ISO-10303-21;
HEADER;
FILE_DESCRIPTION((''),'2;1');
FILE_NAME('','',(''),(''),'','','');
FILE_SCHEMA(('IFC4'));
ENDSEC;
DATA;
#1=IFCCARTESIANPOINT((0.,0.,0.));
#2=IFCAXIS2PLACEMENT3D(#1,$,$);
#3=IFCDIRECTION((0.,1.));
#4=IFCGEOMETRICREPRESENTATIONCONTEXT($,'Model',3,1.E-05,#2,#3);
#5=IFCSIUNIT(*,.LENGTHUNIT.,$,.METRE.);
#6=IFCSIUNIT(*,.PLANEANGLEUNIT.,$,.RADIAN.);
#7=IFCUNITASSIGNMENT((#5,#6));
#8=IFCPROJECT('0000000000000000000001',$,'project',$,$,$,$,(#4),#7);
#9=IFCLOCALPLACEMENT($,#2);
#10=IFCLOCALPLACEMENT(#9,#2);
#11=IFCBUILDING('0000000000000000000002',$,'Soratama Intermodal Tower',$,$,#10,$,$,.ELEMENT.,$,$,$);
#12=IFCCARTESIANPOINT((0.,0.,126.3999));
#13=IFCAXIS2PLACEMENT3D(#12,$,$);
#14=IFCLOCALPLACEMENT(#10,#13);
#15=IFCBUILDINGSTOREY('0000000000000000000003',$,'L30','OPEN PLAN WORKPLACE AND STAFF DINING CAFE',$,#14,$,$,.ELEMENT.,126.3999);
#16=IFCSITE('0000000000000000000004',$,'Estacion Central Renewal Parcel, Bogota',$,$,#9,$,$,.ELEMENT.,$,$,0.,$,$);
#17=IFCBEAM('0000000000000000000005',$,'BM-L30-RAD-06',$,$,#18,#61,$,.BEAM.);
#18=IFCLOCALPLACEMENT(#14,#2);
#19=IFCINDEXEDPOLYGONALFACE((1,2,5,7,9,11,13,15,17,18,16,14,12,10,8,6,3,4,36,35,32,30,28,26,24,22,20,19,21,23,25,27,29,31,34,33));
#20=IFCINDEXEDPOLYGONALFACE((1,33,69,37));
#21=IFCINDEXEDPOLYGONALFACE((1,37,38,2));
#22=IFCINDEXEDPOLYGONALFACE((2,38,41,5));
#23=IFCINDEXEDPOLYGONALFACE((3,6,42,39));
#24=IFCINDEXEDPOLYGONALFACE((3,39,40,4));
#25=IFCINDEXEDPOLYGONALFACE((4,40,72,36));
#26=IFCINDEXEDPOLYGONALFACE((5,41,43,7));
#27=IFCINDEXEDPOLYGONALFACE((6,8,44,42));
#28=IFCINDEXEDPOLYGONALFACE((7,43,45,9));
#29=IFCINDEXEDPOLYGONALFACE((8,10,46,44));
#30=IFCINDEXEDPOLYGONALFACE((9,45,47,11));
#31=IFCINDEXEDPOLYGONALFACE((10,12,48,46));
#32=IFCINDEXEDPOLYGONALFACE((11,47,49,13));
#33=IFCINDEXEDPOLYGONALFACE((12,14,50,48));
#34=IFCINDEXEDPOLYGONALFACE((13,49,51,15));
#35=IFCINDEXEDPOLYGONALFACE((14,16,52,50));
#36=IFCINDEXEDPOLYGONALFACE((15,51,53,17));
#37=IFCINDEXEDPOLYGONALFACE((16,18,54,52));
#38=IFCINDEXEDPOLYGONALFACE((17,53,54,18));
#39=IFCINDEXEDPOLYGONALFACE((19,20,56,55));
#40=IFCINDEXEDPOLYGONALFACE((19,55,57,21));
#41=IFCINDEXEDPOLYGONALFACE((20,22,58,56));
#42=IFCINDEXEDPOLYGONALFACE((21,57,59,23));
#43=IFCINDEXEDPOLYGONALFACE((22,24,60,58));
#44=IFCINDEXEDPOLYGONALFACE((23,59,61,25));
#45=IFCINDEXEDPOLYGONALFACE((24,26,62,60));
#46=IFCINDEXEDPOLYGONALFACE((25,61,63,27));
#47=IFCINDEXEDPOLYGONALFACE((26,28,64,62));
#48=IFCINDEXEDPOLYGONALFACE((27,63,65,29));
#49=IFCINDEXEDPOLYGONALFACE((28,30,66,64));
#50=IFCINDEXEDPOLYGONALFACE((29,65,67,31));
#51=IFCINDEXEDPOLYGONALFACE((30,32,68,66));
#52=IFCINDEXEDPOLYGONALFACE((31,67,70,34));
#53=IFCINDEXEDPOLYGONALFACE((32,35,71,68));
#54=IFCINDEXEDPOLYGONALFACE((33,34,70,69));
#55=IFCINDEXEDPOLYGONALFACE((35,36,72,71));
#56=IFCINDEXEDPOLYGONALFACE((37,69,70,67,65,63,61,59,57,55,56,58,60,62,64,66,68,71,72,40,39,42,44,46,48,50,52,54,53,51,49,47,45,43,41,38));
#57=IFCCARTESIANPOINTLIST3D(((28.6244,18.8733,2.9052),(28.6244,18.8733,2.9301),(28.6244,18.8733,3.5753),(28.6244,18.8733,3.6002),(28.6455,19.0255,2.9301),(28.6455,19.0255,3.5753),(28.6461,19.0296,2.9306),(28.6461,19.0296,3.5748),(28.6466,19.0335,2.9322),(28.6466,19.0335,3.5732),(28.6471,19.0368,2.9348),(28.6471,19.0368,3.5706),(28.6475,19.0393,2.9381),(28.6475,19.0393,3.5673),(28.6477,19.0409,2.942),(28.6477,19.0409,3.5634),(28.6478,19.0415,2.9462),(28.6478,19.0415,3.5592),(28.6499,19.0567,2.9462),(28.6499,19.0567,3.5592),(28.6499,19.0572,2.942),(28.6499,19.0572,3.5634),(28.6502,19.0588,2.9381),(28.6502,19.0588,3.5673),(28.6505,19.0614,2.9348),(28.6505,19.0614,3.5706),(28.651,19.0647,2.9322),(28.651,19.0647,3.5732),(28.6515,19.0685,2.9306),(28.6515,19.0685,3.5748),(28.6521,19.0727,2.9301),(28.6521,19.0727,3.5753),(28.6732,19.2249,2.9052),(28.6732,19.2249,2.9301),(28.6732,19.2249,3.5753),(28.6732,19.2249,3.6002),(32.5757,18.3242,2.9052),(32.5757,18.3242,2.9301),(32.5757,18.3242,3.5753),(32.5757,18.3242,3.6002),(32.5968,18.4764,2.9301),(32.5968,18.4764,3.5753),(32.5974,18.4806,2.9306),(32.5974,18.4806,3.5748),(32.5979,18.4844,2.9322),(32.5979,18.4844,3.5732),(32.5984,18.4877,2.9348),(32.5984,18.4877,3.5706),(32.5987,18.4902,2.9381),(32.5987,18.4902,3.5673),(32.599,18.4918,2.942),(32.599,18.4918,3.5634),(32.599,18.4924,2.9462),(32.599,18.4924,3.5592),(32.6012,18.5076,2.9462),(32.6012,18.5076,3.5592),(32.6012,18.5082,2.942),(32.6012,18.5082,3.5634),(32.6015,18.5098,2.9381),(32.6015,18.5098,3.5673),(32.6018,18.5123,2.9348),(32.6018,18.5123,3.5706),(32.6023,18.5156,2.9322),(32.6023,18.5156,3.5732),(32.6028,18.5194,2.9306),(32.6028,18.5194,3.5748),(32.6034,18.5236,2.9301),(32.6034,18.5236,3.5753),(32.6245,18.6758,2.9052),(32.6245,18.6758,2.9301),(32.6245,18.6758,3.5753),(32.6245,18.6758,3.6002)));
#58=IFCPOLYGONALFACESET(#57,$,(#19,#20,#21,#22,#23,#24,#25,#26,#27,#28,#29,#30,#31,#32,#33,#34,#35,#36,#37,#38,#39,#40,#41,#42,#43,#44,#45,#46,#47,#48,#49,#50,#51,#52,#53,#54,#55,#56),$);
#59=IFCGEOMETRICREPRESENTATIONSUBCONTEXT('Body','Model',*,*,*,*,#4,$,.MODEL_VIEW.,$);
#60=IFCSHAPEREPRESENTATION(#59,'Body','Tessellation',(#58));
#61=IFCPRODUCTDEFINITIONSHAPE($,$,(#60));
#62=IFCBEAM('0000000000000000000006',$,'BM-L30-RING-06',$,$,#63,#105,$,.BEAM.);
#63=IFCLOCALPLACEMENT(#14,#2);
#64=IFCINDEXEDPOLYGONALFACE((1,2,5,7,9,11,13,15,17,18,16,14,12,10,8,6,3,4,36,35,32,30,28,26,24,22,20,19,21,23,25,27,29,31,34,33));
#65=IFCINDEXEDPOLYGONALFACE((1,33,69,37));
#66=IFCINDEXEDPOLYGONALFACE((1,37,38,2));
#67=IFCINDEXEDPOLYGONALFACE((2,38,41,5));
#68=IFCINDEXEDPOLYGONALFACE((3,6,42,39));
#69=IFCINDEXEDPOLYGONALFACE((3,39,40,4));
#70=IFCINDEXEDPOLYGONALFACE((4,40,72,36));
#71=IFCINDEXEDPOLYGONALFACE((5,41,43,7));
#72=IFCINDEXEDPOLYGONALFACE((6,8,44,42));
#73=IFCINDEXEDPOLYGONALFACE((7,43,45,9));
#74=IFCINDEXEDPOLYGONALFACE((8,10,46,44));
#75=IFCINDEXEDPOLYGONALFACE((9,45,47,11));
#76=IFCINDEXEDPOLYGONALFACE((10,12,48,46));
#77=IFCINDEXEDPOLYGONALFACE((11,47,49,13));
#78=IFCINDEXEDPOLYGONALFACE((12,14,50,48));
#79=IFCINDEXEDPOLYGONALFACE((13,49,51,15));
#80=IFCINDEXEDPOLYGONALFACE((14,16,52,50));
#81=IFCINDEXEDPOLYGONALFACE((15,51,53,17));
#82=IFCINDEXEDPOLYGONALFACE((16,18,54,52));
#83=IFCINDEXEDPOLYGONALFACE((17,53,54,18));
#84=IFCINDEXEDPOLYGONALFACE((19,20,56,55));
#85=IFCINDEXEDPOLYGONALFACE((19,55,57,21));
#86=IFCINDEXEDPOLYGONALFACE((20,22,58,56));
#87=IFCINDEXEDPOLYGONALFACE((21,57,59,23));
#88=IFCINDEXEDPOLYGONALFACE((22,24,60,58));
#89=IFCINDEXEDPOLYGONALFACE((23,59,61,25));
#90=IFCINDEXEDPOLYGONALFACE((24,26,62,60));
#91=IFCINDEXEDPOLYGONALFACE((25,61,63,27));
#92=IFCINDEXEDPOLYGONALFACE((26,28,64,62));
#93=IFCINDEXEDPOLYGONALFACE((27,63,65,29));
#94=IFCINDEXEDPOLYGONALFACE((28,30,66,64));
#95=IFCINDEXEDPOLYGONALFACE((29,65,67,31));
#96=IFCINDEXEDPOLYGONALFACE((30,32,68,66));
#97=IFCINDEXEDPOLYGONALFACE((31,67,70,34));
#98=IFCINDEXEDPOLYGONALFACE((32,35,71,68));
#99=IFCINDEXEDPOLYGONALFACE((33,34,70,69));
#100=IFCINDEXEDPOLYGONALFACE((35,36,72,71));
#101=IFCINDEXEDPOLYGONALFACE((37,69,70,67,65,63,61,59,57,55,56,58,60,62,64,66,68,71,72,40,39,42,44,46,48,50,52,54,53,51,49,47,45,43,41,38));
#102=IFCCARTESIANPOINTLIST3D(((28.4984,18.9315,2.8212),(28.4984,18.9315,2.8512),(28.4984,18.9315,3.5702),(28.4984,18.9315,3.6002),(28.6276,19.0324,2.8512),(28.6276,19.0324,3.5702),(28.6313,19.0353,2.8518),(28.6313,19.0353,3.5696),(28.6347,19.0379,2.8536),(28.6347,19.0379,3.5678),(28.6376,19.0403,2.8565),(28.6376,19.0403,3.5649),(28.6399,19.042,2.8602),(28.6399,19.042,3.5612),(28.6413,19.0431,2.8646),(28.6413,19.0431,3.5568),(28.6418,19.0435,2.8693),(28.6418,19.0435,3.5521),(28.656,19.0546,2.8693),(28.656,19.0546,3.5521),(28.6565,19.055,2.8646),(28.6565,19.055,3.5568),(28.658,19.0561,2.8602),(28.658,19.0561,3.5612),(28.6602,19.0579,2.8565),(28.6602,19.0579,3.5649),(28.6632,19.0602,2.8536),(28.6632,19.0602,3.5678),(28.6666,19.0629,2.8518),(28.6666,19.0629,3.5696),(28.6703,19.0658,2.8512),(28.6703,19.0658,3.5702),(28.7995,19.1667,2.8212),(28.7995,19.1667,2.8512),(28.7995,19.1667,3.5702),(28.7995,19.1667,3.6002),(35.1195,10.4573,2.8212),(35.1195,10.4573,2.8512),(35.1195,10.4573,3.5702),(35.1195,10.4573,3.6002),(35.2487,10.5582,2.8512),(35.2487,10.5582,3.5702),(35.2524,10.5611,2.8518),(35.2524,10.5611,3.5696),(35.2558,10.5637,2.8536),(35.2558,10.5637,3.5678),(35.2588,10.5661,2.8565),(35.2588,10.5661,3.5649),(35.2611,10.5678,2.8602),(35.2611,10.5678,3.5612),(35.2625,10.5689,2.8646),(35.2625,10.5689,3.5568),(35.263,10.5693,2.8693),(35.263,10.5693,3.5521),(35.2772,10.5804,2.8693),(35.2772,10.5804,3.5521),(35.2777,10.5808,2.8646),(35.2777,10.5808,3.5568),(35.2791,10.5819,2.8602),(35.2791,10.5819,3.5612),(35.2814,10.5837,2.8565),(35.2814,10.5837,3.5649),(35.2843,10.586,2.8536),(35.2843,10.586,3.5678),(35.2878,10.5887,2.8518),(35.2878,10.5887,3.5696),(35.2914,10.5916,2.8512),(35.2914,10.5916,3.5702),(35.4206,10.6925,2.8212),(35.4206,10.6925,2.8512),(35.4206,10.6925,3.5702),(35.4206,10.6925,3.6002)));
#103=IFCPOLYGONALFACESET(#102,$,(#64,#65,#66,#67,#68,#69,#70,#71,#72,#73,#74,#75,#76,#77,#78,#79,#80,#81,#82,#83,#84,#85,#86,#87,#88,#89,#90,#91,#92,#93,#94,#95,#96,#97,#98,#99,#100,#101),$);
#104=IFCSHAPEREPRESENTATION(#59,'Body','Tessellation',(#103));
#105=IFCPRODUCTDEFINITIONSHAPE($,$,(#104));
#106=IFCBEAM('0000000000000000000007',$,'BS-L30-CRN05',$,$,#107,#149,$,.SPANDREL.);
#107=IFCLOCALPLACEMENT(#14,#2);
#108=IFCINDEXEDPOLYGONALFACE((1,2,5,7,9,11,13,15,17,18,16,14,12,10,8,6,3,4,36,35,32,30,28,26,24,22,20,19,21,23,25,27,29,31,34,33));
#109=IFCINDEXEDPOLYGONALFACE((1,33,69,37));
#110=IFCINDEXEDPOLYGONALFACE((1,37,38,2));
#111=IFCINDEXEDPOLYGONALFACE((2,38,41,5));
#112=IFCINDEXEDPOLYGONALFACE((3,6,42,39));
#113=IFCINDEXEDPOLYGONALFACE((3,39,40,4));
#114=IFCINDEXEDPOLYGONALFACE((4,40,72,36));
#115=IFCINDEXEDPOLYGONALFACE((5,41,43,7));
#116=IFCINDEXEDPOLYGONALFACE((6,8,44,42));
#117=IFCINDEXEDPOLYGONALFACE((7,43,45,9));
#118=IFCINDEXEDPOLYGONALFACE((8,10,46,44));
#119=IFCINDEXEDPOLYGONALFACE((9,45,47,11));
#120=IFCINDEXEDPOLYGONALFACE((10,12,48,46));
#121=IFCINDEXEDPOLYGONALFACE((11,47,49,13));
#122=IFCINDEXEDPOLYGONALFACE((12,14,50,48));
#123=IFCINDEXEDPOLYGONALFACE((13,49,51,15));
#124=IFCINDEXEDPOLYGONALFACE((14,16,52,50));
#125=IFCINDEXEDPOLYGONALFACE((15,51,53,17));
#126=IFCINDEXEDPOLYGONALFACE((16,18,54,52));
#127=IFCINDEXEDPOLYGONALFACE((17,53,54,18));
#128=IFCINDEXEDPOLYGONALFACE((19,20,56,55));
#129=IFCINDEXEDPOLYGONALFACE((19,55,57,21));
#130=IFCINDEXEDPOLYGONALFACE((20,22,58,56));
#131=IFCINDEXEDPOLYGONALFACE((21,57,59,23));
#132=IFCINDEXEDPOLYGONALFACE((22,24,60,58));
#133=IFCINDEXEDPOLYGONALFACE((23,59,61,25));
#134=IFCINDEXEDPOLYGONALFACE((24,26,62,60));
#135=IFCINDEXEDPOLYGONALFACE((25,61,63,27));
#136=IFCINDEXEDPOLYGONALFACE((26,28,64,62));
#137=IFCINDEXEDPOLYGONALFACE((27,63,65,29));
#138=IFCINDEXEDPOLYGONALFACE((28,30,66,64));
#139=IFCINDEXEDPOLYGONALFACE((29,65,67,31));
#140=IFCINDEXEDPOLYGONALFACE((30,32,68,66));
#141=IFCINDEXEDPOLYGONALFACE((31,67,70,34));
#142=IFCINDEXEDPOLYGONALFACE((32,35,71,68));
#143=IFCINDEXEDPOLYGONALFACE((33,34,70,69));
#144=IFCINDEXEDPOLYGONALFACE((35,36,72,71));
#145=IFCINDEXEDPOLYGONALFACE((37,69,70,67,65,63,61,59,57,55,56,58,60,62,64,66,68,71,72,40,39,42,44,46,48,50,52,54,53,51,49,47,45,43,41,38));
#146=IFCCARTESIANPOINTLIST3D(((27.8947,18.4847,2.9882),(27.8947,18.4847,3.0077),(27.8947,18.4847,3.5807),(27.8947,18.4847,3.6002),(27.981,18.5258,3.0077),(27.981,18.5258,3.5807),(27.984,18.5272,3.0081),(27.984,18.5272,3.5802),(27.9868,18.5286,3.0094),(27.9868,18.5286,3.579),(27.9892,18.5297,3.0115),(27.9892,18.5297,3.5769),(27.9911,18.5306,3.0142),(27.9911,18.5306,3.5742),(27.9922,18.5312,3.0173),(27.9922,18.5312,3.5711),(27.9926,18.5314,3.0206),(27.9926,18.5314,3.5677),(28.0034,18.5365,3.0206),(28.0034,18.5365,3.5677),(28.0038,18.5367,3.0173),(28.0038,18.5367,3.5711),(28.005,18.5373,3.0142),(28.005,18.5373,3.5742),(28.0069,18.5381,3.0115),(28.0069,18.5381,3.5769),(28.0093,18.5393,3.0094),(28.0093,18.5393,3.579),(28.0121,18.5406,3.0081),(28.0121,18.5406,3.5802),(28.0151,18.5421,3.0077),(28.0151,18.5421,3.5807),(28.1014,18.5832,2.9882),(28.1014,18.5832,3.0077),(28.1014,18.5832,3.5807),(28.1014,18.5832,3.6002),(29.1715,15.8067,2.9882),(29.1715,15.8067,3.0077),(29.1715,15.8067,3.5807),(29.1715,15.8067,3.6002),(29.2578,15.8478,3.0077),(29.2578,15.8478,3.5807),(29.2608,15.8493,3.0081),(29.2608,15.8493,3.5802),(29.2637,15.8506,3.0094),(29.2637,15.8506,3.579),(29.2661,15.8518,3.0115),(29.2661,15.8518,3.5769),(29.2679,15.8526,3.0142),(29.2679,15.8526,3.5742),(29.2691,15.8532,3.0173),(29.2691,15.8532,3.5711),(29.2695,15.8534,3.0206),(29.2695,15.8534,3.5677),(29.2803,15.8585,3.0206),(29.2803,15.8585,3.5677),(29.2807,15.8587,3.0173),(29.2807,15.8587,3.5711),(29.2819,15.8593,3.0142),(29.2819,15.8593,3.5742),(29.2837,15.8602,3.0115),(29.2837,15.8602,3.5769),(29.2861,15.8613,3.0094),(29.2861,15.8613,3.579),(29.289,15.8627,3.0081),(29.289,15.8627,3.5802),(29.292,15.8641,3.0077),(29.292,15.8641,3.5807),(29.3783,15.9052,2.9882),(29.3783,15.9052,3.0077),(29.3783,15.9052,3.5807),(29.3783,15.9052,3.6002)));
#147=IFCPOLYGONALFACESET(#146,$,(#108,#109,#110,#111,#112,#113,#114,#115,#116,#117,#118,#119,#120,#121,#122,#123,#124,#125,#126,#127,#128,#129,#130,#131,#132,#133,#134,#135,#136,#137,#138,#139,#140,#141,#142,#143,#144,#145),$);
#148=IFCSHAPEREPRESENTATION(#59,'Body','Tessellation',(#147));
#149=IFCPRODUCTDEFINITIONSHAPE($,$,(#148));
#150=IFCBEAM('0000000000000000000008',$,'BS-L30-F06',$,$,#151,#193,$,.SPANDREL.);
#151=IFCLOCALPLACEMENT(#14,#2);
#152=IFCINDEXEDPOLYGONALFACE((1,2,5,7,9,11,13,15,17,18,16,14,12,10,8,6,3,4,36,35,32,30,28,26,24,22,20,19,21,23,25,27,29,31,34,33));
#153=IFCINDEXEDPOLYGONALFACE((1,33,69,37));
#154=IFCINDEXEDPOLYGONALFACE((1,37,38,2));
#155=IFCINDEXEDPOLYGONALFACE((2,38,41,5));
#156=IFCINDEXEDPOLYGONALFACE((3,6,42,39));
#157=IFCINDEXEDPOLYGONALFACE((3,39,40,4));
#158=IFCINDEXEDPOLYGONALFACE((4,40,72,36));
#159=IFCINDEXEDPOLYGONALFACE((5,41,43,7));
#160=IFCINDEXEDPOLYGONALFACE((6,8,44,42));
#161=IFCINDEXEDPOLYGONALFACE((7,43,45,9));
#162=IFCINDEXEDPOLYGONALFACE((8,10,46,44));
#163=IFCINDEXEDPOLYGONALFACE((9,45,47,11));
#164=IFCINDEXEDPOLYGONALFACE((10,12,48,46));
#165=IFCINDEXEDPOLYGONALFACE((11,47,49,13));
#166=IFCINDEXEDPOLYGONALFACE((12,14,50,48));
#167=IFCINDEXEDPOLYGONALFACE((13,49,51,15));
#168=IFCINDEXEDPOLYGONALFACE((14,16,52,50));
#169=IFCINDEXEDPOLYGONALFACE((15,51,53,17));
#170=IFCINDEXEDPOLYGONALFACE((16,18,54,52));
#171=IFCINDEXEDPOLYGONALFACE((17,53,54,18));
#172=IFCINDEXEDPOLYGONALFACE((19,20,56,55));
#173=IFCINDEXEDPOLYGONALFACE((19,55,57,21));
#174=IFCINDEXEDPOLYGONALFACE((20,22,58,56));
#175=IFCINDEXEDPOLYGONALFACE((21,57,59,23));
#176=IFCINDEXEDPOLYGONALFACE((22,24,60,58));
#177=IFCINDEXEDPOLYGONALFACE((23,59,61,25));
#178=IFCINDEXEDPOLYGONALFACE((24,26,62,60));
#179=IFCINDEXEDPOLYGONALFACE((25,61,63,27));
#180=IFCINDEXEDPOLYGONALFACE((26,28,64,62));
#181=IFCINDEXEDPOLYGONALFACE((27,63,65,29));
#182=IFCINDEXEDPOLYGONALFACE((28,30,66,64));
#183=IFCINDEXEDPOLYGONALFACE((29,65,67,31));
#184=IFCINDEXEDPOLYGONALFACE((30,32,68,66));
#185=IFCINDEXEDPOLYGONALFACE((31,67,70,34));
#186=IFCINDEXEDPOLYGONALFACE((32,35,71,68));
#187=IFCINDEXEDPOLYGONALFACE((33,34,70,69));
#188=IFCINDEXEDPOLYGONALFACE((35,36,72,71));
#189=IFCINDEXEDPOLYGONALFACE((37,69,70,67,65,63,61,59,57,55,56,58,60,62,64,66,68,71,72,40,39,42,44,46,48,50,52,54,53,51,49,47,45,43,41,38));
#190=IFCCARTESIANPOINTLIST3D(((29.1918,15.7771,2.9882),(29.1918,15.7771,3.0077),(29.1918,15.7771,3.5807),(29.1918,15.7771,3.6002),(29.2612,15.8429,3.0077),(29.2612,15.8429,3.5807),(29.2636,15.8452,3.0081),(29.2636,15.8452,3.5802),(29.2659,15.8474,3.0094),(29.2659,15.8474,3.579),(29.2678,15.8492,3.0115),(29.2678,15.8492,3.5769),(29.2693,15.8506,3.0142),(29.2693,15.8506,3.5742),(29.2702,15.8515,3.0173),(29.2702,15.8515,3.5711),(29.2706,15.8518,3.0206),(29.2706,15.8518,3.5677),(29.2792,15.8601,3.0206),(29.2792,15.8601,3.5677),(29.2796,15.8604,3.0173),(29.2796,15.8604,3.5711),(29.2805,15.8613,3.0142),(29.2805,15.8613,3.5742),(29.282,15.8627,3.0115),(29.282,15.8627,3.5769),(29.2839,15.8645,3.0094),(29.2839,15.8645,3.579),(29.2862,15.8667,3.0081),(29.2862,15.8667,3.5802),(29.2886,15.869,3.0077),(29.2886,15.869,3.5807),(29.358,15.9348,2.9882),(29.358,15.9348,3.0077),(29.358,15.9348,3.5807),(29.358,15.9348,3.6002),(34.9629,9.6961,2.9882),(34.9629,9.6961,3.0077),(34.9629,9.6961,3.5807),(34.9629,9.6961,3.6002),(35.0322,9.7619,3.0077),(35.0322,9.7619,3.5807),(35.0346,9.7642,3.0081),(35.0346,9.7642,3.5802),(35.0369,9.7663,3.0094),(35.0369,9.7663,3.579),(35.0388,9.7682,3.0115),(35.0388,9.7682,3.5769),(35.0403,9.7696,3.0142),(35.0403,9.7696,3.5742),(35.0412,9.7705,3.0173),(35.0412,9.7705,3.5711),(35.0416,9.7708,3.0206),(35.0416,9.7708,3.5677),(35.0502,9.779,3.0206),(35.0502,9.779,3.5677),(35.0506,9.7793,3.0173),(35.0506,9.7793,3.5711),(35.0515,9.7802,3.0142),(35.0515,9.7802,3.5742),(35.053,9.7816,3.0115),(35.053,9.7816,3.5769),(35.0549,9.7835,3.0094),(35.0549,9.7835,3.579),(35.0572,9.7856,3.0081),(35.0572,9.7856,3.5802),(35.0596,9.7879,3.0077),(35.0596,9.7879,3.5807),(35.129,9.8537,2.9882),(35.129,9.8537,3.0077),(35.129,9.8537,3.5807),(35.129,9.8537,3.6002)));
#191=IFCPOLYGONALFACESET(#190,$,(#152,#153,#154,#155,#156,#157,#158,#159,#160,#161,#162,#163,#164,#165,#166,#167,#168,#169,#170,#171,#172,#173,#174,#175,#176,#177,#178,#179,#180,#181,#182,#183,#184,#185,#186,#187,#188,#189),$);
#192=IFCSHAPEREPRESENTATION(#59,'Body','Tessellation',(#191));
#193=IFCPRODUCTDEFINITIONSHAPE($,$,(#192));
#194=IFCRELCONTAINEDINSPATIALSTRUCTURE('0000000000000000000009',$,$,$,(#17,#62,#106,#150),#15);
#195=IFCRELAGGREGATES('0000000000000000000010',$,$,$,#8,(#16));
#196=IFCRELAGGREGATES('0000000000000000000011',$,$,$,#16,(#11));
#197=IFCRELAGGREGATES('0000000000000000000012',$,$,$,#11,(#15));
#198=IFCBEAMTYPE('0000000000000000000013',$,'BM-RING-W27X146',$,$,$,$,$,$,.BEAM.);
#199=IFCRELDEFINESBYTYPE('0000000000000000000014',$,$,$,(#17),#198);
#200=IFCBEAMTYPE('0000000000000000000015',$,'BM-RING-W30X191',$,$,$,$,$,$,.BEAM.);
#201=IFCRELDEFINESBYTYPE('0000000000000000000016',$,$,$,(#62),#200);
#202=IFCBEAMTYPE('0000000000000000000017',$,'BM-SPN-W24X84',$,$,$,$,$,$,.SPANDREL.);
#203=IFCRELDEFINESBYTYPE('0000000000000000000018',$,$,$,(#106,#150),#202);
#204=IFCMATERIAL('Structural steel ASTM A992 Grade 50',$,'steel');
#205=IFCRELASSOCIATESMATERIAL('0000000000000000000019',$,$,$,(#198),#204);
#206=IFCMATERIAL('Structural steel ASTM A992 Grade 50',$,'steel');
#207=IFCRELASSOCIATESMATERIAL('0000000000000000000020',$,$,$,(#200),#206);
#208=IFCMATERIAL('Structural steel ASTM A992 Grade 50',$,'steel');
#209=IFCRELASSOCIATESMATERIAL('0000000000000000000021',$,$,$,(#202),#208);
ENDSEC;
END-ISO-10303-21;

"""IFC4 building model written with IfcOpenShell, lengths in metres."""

from ifc_helpers import new_model, si_unit, direction, frame, origin, origin_2d, place, context, subcontext, project, spatial, i_section, extrude, material, material_profile, profile_set, type_object, element, save


model = new_model("IFC4")

# Units and contexts
model_context = context("Model", 3, precision=1e-05, world=origin(), true_north=direction((0.0, 1.0)))
body_context = subcontext(model_context, "Body", "Model", "MODEL_VIEW")
ifc_project = project(units=[si_unit("LENGTHUNIT", "METRE"), si_unit("PLANEANGLEUNIT", "RADIAN")], contexts=[model_context])

# Site, building, storey
site_placement = place(None, origin())
site = spatial("IfcSite", under=ifc_project, at=site_placement, Name="Estacion Central Renewal Parcel, Bogota", CompositionType="ELEMENT", RefElevation=0.0)
building_placement = place(site_placement, origin())
building = spatial("IfcBuilding", under=site, at=building_placement, Name="Soratama Intermodal Tower", CompositionType="ELEMENT")
storey_placement = place(building_placement, frame((0.0, 0.0, 126.3999)))
storey = spatial("IfcBuildingStorey", under=building, at=storey_placement, Name="L30", Description="OPEN PLAN WORKPLACE AND STAFF DINING CAFE", CompositionType="ELEMENT", Elevation=126.3999)

# Beams
ifc_material_1 = material(Name="Structural steel ASTM A992 Grade 50", Category="steel")
ifc_material_profile_1 = material_profile(ifc_material_1, i_section(OverallWidth=0.355, OverallDepth=0.6951, WebThickness=0.0154, FlangeThickness=0.0249, FilletRadius=0.0161, at=origin_2d()), Name="W27X146")
ifc_profile_set_1 = profile_set([ifc_material_profile_1], Name="Structural steel ASTM A992 Grade 50")
beam_type_1 = type_object("IfcBeamType", Name="BM-RING-W27X146", PredefinedType="BEAM", material=ifc_profile_set_1)
beam_1_placement = place(storey_placement, frame((32.6001, 18.5, 3.2527), z_axis=(-0.990482, 0.137642, 0.0), x_axis=(-0.137642, -0.990482, 0.0)))
element("IfcBeam", 1, at=beam_1_placement, inside=storey, type_object=beam_type_1, Name="BM-L30-RAD-06", PredefinedType="BEAM", context=body_context, shape_type="SweptSolid", body=[
    extrude(i_section(OverallWidth=0.355, OverallDepth=0.6951, WebThickness=0.0154, FlangeThickness=0.0249, FilletRadius=0.0161, at=origin_2d()), origin(), (0.0, 0.0, 1.0), 3.9893),
])
ifc_material_2 = material(Name="Structural steel ASTM A992 Grade 50", Category="steel")
ifc_material_profile_2 = material_profile(ifc_material_2, i_section(OverallWidth=0.3821, OverallDepth=0.7791, WebThickness=0.0181, FlangeThickness=0.03, FilletRadius=0.0181, at=origin_2d()), Name="W30X191")
ifc_profile_set_2 = profile_set([ifc_material_profile_2], Name="Structural steel ASTM A992 Grade 50")
beam_type_2 = type_object("IfcBeamType", Name="BM-RING-W30X191", PredefinedType="BEAM", material=ifc_profile_set_2)
beam_2_placement = place(storey_placement, frame((28.6489, 19.0491, 3.2107), z_axis=(0.615684, -0.787993, 0.0), x_axis=(0.787993, 0.615684, 0.0)))
element("IfcBeam", 2, at=beam_2_placement, inside=storey, type_object=beam_type_2, Name="BM-L30-RING-06", PredefinedType="BEAM", context=body_context, shape_type="SweptSolid", body=[
    extrude(i_section(OverallWidth=0.3821, OverallDepth=0.7791, WebThickness=0.0181, FlangeThickness=0.03, FilletRadius=0.0181, at=origin_2d()), origin(), (0.0, 0.0, 1.0), 10.7542),
])
ifc_material_3 = material(Name="Structural steel ASTM A992 Grade 50", Category="steel")
ifc_material_profile_3 = material_profile(ifc_material_3, i_section(OverallWidth=0.229, OverallDepth=0.6121, WebThickness=0.012, FlangeThickness=0.0195, FilletRadius=0.0129, at=origin_2d()), Name="W24X84")
ifc_profile_set_3 = profile_set([ifc_material_profile_3], Name="Structural steel ASTM A992 Grade 50")
beam_type_3 = type_object("IfcBeamType", Name="BM-SPN-W24X84", PredefinedType="SPANDREL", material=ifc_profile_set_3)
beam_3_placement = place(storey_placement, frame((27.998, 18.5339, 3.2942), z_axis=(0.430381, -0.902647, 0.0), x_axis=(0.902647, 0.430381, 0.0)))
element("IfcBeam", 3, at=beam_3_placement, inside=storey, type_object=beam_type_3, Name="BS-L30-CRN05", PredefinedType="SPANDREL", context=body_context, shape_type="SweptSolid", body=[
    extrude(i_section(OverallWidth=0.229, OverallDepth=0.6121, WebThickness=0.012, FlangeThickness=0.0195, FilletRadius=0.0129, at=origin_2d()), origin(), (0.0, 0.0, 1.0), 2.9668),
])
beam_4_placement = place(storey_placement, frame((29.2749, 15.856, 3.2942), z_axis=(0.688373, -0.725357, 0.0), x_axis=(0.725357, 0.688373, 0.0)))
element("IfcBeam", 4, at=beam_4_placement, inside=storey, type_object=beam_type_3, Name="BS-L30-F06", PredefinedType="SPANDREL", context=body_context, shape_type="SweptSolid", body=[
    extrude(i_section(OverallWidth=0.229, OverallDepth=0.6121, WebThickness=0.012, FlangeThickness=0.0195, FilletRadius=0.0129, at=origin_2d()), origin(), (0.0, 0.0, 1.0), 8.3835),
])

save(model, "model.ifc")
